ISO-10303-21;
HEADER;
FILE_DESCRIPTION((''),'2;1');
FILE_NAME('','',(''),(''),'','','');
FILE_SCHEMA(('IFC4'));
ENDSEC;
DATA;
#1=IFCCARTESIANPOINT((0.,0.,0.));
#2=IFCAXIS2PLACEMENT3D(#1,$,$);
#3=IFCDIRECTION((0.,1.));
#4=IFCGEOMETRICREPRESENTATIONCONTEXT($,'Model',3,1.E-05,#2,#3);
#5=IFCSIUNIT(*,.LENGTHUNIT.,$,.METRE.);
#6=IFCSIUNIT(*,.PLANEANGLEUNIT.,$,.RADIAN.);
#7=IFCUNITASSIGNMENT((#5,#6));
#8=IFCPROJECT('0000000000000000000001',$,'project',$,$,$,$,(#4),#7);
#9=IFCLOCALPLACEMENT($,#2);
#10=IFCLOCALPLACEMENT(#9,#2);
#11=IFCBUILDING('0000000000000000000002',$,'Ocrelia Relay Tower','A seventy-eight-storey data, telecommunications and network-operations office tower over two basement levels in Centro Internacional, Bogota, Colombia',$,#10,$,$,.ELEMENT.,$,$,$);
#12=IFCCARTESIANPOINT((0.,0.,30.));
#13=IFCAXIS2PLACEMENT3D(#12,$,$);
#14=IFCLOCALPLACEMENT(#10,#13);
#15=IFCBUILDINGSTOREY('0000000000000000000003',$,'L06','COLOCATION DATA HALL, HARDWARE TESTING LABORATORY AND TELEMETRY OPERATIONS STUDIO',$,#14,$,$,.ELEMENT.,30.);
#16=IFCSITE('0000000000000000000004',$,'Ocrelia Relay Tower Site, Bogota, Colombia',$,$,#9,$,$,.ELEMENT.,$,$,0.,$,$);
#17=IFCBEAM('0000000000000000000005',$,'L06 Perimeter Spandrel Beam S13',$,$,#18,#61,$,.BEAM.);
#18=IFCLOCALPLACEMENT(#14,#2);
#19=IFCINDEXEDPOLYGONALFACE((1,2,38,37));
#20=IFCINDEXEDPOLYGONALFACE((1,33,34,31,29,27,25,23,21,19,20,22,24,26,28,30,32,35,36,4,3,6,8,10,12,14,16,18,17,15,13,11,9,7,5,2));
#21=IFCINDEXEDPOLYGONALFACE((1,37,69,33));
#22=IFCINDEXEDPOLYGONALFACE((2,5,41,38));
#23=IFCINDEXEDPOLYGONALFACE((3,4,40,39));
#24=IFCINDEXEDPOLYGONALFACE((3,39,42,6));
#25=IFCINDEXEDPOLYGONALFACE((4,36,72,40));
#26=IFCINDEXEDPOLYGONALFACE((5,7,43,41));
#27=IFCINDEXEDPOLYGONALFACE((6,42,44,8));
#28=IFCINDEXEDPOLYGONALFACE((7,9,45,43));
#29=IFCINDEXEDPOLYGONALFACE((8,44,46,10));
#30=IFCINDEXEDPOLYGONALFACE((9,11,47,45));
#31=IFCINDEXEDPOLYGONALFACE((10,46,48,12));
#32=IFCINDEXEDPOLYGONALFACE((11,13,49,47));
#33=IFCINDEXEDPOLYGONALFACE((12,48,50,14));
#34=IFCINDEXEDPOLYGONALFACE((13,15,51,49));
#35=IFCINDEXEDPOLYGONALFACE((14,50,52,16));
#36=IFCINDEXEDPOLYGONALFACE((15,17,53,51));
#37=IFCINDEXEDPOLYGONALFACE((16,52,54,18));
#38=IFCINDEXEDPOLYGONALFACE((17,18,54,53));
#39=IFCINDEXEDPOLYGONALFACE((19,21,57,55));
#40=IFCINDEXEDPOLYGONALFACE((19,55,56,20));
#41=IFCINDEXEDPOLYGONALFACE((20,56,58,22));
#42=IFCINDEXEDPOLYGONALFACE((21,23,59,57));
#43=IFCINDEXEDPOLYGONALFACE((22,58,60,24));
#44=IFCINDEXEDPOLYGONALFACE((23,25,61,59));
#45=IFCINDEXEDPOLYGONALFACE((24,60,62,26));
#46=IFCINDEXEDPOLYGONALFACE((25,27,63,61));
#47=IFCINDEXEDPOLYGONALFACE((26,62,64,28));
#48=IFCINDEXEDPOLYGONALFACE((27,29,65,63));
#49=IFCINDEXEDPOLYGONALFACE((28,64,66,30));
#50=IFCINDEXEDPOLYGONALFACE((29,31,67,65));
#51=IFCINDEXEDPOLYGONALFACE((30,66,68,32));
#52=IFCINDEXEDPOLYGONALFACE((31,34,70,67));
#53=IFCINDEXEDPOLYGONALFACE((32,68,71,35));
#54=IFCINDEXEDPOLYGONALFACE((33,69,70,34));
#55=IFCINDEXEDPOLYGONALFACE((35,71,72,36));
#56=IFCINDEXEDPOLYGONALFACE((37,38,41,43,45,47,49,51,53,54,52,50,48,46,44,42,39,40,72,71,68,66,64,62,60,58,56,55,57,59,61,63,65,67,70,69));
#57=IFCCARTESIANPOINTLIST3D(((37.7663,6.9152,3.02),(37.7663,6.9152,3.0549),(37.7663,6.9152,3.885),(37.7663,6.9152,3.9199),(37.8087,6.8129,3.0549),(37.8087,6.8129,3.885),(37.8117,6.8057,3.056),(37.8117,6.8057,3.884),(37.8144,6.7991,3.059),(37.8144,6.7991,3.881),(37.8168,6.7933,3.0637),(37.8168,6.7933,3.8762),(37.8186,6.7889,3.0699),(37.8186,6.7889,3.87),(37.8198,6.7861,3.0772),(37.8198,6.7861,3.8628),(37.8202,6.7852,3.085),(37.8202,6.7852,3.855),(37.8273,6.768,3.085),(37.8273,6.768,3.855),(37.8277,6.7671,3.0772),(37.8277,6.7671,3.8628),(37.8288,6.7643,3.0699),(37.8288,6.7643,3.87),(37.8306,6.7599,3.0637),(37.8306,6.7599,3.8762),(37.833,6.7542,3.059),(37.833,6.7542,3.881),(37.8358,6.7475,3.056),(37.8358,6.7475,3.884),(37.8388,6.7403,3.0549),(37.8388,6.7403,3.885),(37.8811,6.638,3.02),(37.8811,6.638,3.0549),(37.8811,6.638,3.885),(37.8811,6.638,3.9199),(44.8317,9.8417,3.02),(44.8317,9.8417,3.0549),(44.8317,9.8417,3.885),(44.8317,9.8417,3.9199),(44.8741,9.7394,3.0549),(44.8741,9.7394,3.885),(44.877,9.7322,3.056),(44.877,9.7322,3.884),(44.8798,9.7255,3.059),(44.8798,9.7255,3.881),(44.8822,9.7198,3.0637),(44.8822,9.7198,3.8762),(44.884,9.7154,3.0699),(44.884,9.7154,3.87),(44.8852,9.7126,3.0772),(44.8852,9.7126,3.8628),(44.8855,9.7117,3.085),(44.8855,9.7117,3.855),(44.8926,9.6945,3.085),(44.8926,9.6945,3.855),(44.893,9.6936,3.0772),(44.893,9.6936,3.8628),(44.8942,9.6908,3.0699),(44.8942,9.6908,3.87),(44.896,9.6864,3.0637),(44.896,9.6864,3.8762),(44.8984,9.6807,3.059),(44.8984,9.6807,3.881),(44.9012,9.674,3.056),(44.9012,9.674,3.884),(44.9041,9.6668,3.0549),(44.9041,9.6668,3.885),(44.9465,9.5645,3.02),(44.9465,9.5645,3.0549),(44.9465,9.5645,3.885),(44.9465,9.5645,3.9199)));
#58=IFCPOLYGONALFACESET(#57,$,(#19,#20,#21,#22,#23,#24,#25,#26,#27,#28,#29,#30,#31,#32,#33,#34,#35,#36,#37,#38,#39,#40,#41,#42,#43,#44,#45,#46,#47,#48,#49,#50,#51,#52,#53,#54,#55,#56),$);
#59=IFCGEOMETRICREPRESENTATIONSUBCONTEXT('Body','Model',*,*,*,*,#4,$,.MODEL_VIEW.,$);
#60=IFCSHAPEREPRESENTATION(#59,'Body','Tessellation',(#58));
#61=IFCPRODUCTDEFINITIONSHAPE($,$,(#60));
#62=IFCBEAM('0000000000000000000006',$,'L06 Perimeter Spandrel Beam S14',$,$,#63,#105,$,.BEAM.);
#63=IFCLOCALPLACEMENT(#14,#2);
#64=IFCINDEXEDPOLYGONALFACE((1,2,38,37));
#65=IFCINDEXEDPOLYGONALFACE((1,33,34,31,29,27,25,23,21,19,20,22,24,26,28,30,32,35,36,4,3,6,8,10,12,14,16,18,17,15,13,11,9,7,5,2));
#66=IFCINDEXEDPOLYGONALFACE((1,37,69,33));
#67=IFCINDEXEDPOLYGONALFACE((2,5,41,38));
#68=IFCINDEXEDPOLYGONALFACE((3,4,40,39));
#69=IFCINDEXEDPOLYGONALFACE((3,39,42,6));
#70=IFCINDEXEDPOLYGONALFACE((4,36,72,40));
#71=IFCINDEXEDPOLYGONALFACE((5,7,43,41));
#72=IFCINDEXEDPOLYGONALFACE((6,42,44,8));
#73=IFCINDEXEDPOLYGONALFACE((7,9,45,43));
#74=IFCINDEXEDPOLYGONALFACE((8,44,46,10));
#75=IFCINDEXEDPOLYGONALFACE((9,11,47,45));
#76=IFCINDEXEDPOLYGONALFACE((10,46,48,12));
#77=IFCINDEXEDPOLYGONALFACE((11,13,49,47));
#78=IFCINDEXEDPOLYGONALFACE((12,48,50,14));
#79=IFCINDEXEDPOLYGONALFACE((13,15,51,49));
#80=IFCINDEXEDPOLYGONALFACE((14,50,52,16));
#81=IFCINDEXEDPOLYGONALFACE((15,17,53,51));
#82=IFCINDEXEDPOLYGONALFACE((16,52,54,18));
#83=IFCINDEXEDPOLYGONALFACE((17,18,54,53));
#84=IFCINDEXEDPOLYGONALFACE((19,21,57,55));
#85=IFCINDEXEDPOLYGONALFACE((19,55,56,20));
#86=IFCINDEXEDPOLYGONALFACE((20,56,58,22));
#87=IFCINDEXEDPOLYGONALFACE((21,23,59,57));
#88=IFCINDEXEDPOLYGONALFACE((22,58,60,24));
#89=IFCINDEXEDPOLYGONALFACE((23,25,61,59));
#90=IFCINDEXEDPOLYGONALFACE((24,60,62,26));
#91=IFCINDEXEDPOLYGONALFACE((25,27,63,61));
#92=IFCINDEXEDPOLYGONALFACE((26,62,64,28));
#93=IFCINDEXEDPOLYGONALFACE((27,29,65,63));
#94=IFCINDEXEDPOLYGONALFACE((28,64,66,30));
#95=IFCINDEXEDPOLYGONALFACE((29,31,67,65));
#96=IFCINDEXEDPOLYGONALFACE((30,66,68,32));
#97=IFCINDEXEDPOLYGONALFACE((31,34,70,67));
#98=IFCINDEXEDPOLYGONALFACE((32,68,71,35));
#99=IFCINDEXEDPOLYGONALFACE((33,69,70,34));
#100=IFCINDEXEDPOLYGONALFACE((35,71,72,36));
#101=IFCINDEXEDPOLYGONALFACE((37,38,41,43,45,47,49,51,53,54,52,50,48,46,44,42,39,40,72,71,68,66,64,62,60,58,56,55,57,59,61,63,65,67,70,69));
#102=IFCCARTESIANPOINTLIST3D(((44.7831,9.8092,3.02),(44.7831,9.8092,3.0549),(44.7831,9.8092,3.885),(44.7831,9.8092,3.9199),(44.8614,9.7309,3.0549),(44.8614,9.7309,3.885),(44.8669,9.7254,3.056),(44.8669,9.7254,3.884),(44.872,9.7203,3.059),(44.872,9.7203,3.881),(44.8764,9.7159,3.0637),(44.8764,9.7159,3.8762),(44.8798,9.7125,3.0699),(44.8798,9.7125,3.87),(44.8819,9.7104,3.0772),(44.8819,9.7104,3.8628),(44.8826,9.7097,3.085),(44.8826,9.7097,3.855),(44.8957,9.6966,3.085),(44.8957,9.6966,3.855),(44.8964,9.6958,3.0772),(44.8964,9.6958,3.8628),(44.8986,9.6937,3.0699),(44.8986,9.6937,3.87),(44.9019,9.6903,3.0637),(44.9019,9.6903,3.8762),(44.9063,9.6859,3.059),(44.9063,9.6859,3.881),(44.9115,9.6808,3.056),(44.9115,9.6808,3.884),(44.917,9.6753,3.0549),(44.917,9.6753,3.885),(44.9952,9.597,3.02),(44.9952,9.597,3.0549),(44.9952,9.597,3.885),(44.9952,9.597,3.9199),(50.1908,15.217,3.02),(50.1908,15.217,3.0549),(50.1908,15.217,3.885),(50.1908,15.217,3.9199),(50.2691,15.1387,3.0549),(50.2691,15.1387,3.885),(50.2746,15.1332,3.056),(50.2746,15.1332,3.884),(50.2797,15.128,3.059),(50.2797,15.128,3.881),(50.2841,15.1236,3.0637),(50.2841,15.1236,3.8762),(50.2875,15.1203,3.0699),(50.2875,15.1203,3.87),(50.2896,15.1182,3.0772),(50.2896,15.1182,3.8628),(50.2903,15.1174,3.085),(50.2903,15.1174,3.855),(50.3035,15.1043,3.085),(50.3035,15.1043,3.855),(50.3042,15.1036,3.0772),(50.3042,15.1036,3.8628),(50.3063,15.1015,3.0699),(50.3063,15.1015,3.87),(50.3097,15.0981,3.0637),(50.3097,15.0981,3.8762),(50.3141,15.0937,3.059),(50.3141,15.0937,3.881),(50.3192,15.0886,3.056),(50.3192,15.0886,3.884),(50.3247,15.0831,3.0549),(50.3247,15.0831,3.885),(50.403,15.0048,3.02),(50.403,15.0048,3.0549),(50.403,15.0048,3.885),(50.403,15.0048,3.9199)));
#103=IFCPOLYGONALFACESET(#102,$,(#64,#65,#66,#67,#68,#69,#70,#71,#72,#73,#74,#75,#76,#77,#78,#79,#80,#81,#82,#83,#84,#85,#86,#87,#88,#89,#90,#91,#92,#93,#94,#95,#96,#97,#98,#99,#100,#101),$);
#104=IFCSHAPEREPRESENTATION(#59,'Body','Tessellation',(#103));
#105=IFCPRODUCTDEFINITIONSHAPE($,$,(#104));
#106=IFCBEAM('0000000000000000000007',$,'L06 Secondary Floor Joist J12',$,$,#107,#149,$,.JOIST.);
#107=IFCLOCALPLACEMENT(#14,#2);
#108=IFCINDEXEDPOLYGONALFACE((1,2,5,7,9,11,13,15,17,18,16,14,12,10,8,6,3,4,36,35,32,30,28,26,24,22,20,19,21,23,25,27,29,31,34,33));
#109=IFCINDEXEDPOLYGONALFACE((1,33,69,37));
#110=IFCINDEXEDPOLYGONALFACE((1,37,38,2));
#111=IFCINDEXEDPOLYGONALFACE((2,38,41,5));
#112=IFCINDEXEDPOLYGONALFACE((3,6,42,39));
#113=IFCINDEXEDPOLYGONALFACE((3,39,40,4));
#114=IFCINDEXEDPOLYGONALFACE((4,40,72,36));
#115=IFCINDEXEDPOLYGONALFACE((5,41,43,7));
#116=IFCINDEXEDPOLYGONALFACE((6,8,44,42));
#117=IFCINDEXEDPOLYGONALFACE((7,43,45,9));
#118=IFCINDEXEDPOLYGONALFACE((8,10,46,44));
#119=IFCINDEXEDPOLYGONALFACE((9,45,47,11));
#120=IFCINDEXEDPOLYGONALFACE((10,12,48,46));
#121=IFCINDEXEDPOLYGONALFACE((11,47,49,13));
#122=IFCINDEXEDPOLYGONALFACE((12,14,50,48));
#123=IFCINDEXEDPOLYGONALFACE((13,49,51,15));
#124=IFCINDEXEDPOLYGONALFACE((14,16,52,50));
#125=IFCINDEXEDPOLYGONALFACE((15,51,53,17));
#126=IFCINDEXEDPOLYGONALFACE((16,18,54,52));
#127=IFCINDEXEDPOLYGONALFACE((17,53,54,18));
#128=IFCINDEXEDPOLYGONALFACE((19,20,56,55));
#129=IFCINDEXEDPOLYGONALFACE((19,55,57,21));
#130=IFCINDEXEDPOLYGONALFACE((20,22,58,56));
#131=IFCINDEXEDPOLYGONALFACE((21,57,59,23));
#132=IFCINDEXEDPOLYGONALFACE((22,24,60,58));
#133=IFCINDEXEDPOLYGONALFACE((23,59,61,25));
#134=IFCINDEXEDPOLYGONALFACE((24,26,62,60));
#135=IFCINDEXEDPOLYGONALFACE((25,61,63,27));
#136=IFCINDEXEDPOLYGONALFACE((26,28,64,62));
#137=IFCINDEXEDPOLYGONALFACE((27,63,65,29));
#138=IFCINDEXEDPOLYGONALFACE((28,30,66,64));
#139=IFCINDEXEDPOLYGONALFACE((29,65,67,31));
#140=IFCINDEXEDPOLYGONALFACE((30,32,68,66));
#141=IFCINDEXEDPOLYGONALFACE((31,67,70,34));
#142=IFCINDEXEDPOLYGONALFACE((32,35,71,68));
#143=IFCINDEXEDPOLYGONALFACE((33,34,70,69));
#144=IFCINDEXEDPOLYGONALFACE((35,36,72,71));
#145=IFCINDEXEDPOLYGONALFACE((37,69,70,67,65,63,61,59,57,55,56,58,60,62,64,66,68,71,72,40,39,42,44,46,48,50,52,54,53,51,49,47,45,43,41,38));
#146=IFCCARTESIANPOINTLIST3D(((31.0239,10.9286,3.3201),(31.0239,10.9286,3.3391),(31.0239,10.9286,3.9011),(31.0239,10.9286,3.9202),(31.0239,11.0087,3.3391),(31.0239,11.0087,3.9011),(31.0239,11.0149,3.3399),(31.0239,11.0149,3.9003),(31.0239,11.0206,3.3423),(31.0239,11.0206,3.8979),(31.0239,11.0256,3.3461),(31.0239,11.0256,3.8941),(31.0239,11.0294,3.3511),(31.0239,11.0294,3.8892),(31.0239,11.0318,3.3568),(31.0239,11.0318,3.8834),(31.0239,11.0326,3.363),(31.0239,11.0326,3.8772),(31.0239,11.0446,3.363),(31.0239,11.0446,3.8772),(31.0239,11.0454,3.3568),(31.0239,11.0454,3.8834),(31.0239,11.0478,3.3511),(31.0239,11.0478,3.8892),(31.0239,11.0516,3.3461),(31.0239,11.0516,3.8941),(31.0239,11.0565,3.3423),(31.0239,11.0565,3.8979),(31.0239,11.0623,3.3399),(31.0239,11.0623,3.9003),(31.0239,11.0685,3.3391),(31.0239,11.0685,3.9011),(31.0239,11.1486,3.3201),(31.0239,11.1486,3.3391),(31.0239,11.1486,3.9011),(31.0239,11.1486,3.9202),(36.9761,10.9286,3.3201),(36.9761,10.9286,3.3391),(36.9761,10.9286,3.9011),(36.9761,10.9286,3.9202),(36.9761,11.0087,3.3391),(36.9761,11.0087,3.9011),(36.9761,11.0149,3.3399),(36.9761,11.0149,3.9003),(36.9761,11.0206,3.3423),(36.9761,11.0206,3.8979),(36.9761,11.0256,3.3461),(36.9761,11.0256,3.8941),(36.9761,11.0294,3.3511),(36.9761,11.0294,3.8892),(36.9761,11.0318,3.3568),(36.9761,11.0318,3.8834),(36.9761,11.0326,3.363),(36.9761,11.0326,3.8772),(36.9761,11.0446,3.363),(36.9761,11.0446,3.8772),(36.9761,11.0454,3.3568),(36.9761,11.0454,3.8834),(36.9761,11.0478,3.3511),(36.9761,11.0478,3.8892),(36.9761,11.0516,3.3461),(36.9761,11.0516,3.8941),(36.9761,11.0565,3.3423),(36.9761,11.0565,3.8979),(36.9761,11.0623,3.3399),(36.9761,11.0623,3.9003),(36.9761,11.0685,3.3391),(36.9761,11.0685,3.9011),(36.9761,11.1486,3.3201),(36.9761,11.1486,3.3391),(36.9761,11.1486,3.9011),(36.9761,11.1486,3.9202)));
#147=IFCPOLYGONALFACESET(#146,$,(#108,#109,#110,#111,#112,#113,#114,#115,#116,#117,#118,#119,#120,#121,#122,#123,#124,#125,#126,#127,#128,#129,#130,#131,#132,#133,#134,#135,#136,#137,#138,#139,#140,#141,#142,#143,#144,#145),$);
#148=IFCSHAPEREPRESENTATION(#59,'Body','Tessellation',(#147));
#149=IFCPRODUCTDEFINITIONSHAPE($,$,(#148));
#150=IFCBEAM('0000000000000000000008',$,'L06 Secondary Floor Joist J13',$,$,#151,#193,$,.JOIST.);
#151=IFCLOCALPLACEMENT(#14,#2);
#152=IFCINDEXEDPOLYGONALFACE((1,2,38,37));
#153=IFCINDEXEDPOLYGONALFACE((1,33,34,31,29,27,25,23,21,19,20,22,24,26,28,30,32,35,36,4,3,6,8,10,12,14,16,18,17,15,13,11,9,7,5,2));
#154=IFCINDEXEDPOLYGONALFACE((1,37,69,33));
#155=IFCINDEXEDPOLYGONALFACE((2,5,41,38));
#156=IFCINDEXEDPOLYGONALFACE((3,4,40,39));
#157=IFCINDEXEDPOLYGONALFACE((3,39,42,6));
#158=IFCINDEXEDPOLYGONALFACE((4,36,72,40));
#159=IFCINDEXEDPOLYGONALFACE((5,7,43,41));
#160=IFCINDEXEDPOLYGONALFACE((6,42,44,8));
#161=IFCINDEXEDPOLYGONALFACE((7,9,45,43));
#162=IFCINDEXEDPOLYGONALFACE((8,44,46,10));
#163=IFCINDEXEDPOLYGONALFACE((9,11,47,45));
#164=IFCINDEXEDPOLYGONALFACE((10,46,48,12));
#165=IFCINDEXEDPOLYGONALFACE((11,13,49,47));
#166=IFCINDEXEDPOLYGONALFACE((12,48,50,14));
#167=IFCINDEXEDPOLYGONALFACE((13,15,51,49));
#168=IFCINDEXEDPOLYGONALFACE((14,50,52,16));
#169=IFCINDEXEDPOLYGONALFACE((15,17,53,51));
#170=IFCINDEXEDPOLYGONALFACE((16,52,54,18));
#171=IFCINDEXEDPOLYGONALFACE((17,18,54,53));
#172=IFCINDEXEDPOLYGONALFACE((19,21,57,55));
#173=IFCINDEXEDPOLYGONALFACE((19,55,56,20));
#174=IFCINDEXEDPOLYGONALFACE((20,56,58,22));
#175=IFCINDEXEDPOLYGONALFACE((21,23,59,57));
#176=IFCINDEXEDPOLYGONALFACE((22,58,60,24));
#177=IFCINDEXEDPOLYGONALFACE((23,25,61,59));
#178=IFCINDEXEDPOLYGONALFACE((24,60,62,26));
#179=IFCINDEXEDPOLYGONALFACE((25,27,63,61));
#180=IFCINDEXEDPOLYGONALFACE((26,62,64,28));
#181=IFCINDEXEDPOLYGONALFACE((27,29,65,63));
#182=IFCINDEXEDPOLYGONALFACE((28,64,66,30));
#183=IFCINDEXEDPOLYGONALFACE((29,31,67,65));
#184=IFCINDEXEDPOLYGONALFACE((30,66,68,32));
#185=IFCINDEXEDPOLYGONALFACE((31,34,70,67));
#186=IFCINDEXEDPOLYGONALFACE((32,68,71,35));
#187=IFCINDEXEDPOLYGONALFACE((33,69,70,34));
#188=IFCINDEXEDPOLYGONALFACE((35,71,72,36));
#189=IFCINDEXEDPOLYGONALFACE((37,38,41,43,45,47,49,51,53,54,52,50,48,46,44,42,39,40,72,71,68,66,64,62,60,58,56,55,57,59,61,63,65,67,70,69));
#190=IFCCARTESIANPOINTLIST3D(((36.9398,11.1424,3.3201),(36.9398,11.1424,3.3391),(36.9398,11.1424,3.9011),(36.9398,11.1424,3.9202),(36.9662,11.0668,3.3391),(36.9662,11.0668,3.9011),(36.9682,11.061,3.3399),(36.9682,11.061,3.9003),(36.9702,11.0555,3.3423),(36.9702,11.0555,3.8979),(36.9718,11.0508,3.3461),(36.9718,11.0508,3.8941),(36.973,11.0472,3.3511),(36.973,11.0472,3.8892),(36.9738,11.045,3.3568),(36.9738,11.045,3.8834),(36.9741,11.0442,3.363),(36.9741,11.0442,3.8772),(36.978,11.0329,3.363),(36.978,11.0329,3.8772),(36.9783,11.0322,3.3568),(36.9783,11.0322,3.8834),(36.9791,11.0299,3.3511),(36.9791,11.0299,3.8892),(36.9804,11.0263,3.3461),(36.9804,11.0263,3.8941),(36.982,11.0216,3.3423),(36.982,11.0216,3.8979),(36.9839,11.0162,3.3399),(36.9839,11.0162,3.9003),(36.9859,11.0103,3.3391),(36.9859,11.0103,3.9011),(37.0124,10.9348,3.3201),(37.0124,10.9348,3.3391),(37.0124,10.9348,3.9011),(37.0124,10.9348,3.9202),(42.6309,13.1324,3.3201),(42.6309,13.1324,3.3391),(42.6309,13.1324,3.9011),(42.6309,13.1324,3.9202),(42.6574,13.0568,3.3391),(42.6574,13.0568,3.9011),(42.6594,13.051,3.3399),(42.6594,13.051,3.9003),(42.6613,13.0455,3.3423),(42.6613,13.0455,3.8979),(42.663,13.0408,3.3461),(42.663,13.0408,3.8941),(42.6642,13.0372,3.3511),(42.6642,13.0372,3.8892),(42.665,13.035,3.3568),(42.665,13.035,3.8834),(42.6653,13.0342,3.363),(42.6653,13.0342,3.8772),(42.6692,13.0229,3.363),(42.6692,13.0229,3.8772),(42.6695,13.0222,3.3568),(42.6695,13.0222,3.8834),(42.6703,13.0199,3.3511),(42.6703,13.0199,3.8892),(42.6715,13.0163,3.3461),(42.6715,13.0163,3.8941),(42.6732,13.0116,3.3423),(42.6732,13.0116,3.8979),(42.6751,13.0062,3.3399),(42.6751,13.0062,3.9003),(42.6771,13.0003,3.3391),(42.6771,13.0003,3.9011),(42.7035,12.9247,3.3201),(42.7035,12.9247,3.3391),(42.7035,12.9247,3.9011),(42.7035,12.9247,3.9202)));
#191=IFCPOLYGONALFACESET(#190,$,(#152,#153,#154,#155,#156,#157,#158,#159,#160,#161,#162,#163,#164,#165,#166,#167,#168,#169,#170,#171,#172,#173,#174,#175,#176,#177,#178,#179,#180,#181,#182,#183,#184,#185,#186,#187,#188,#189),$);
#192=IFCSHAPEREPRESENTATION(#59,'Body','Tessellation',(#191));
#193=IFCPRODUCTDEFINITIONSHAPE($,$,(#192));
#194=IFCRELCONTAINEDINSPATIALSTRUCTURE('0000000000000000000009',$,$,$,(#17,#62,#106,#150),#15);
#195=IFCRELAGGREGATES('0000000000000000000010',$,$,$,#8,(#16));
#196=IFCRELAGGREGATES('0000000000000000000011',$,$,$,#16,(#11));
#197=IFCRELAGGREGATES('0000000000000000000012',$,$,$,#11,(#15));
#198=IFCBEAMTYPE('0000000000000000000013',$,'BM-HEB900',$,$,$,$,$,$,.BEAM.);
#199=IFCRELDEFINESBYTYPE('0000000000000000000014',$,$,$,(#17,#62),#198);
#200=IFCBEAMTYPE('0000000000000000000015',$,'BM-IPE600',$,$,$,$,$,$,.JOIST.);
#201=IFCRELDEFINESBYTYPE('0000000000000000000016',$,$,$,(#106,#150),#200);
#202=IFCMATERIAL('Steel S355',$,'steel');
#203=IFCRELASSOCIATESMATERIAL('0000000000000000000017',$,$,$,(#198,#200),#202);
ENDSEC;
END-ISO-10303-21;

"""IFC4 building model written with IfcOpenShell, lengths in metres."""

from ifc_helpers import new_model, si_unit, direction, frame, origin, origin_2d, place, context, subcontext, project, spatial, i_section, extrude, material, material_profile, profile_set, type_object, element, save


model = new_model("IFC4")

# Units and contexts
model_context = context("Model", 3, precision=1e-05, world=origin(), true_north=direction((0.0, 1.0)))
body_context = subcontext(model_context, "Body", "Model", "MODEL_VIEW")
ifc_project = project(units=[si_unit("LENGTHUNIT", "METRE"), si_unit("PLANEANGLEUNIT", "RADIAN")], contexts=[model_context])

# Site, building, storey
site_placement = place(None, origin())
site = spatial("IfcSite", under=ifc_project, at=site_placement, Name="Ocrelia Relay Tower Site, Bogota, Colombia", CompositionType="ELEMENT", RefElevation=0.0)
building_placement = place(site_placement, origin())
building = spatial("IfcBuilding", under=site, at=building_placement, Name="Ocrelia Relay Tower", Description="A seventy-eight-storey data, telecommunications and network-operations office tower over two basement levels in Centro Internacional, Bogota, Colombia", CompositionType="ELEMENT")
storey_placement = place(building_placement, frame((0.0, 0.0, 30.0)))
storey = spatial("IfcBuildingStorey", under=building, at=storey_placement, Name="L06", Description="COLOCATION DATA HALL, HARDWARE TESTING LABORATORY AND TELEMETRY OPERATIONS STUDIO", CompositionType="ELEMENT", Elevation=30.0)

# Beams
ifc_material_1 = material(Name="Steel S355", Category="steel")
ifc_material_profile_1 = material_profile(ifc_material_1, i_section(OverallWidth=0.3, OverallDepth=0.8999, WebThickness=0.0186, FlangeThickness=0.0349, FilletRadius=0.03, at=origin_2d()), Name="HEB 900")
ifc_profile_set_1 = profile_set([ifc_material_profile_1], Name="Steel S355")
beam_type_1 = type_object("IfcBeamType", Name="BM-HEB900", PredefinedType="BEAM", material=ifc_profile_set_1)
beam_1_placement = place(storey_placement, frame((37.8237, 6.7766, 3.47), z_axis=(0.923883, 0.382674, 0.0), x_axis=(-0.382674, 0.923883, 0.0)))
element("IfcBeam", 1, at=beam_1_placement, inside=storey, type_object=beam_type_1, Name="L06 Perimeter Spandrel Beam S13", PredefinedType="BEAM", context=body_context, shape_type="SweptSolid", body=[
    extrude(i_section(OverallWidth=0.3, OverallDepth=0.8999, WebThickness=0.0186, FlangeThickness=0.0349, FilletRadius=0.03, at=origin_2d()), origin(), (0.0, 0.0, 1.0), 7.6475),
])
beam_2_placement = place(storey_placement, frame((44.8892, 9.7031, 3.47), z_axis=(0.707107, 0.707107, 0.0), x_axis=(-0.707107, 0.707107, 0.0)))
element("IfcBeam", 2, at=beam_2_placement, inside=storey, type_object=beam_type_1, Name="L06 Perimeter Spandrel Beam S14", PredefinedType="BEAM", context=body_context, shape_type="SweptSolid", body=[
    extrude(i_section(OverallWidth=0.3, OverallDepth=0.8999, WebThickness=0.0186, FlangeThickness=0.0349, FilletRadius=0.03, at=origin_2d()), origin(), (0.0, 0.0, 1.0), 7.6477),
])
ifc_material_profile_2 = material_profile(ifc_material_1, i_section(OverallWidth=0.22, OverallDepth=0.6001, WebThickness=0.012, FlangeThickness=0.019, FilletRadius=0.0239, at=origin_2d()), Name="IPE 600")
ifc_profile_set_2 = profile_set([ifc_material_profile_2], Name="Steel S355")
beam_type_2 = type_object("IfcBeamType", Name="BM-IPE600", PredefinedType="JOIST", material=ifc_profile_set_2)
beam_3_placement = place(storey_placement, frame((31.0239, 11.0386, 3.6201), z_axis=(1.0, 0.0, 0.0), x_axis=(0.0, 1.0, 0.0)))
element("IfcBeam", 3, at=beam_3_placement, inside=storey, type_object=beam_type_2, Name="L06 Secondary Floor Joist J12", PredefinedType="JOIST", context=body_context, shape_type="SweptSolid", body=[
    extrude(i_section(OverallWidth=0.22, OverallDepth=0.6001, WebThickness=0.012, FlangeThickness=0.019, FilletRadius=0.0239, at=origin_2d()), origin(), (0.0, 0.0, 1.0), 5.9521),
])
beam_4_placement = place(storey_placement, frame((36.9761, 11.0386, 3.6201), z_axis=(0.943957, 0.330067, 0.0), x_axis=(-0.330067, 0.943957, 0.0)))
element("IfcBeam", 4, at=beam_4_placement, inside=storey, type_object=beam_type_2, Name="L06 Secondary Floor Joist J13", PredefinedType="JOIST", context=body_context, shape_type="SweptSolid", body=[
    extrude(i_section(OverallWidth=0.22, OverallDepth=0.6001, WebThickness=0.012, FlangeThickness=0.019, FilletRadius=0.0239, at=origin_2d()), origin(), (0.0, 0.0, 1.0), 6.0291),
])

save(model, "model.ifc")
